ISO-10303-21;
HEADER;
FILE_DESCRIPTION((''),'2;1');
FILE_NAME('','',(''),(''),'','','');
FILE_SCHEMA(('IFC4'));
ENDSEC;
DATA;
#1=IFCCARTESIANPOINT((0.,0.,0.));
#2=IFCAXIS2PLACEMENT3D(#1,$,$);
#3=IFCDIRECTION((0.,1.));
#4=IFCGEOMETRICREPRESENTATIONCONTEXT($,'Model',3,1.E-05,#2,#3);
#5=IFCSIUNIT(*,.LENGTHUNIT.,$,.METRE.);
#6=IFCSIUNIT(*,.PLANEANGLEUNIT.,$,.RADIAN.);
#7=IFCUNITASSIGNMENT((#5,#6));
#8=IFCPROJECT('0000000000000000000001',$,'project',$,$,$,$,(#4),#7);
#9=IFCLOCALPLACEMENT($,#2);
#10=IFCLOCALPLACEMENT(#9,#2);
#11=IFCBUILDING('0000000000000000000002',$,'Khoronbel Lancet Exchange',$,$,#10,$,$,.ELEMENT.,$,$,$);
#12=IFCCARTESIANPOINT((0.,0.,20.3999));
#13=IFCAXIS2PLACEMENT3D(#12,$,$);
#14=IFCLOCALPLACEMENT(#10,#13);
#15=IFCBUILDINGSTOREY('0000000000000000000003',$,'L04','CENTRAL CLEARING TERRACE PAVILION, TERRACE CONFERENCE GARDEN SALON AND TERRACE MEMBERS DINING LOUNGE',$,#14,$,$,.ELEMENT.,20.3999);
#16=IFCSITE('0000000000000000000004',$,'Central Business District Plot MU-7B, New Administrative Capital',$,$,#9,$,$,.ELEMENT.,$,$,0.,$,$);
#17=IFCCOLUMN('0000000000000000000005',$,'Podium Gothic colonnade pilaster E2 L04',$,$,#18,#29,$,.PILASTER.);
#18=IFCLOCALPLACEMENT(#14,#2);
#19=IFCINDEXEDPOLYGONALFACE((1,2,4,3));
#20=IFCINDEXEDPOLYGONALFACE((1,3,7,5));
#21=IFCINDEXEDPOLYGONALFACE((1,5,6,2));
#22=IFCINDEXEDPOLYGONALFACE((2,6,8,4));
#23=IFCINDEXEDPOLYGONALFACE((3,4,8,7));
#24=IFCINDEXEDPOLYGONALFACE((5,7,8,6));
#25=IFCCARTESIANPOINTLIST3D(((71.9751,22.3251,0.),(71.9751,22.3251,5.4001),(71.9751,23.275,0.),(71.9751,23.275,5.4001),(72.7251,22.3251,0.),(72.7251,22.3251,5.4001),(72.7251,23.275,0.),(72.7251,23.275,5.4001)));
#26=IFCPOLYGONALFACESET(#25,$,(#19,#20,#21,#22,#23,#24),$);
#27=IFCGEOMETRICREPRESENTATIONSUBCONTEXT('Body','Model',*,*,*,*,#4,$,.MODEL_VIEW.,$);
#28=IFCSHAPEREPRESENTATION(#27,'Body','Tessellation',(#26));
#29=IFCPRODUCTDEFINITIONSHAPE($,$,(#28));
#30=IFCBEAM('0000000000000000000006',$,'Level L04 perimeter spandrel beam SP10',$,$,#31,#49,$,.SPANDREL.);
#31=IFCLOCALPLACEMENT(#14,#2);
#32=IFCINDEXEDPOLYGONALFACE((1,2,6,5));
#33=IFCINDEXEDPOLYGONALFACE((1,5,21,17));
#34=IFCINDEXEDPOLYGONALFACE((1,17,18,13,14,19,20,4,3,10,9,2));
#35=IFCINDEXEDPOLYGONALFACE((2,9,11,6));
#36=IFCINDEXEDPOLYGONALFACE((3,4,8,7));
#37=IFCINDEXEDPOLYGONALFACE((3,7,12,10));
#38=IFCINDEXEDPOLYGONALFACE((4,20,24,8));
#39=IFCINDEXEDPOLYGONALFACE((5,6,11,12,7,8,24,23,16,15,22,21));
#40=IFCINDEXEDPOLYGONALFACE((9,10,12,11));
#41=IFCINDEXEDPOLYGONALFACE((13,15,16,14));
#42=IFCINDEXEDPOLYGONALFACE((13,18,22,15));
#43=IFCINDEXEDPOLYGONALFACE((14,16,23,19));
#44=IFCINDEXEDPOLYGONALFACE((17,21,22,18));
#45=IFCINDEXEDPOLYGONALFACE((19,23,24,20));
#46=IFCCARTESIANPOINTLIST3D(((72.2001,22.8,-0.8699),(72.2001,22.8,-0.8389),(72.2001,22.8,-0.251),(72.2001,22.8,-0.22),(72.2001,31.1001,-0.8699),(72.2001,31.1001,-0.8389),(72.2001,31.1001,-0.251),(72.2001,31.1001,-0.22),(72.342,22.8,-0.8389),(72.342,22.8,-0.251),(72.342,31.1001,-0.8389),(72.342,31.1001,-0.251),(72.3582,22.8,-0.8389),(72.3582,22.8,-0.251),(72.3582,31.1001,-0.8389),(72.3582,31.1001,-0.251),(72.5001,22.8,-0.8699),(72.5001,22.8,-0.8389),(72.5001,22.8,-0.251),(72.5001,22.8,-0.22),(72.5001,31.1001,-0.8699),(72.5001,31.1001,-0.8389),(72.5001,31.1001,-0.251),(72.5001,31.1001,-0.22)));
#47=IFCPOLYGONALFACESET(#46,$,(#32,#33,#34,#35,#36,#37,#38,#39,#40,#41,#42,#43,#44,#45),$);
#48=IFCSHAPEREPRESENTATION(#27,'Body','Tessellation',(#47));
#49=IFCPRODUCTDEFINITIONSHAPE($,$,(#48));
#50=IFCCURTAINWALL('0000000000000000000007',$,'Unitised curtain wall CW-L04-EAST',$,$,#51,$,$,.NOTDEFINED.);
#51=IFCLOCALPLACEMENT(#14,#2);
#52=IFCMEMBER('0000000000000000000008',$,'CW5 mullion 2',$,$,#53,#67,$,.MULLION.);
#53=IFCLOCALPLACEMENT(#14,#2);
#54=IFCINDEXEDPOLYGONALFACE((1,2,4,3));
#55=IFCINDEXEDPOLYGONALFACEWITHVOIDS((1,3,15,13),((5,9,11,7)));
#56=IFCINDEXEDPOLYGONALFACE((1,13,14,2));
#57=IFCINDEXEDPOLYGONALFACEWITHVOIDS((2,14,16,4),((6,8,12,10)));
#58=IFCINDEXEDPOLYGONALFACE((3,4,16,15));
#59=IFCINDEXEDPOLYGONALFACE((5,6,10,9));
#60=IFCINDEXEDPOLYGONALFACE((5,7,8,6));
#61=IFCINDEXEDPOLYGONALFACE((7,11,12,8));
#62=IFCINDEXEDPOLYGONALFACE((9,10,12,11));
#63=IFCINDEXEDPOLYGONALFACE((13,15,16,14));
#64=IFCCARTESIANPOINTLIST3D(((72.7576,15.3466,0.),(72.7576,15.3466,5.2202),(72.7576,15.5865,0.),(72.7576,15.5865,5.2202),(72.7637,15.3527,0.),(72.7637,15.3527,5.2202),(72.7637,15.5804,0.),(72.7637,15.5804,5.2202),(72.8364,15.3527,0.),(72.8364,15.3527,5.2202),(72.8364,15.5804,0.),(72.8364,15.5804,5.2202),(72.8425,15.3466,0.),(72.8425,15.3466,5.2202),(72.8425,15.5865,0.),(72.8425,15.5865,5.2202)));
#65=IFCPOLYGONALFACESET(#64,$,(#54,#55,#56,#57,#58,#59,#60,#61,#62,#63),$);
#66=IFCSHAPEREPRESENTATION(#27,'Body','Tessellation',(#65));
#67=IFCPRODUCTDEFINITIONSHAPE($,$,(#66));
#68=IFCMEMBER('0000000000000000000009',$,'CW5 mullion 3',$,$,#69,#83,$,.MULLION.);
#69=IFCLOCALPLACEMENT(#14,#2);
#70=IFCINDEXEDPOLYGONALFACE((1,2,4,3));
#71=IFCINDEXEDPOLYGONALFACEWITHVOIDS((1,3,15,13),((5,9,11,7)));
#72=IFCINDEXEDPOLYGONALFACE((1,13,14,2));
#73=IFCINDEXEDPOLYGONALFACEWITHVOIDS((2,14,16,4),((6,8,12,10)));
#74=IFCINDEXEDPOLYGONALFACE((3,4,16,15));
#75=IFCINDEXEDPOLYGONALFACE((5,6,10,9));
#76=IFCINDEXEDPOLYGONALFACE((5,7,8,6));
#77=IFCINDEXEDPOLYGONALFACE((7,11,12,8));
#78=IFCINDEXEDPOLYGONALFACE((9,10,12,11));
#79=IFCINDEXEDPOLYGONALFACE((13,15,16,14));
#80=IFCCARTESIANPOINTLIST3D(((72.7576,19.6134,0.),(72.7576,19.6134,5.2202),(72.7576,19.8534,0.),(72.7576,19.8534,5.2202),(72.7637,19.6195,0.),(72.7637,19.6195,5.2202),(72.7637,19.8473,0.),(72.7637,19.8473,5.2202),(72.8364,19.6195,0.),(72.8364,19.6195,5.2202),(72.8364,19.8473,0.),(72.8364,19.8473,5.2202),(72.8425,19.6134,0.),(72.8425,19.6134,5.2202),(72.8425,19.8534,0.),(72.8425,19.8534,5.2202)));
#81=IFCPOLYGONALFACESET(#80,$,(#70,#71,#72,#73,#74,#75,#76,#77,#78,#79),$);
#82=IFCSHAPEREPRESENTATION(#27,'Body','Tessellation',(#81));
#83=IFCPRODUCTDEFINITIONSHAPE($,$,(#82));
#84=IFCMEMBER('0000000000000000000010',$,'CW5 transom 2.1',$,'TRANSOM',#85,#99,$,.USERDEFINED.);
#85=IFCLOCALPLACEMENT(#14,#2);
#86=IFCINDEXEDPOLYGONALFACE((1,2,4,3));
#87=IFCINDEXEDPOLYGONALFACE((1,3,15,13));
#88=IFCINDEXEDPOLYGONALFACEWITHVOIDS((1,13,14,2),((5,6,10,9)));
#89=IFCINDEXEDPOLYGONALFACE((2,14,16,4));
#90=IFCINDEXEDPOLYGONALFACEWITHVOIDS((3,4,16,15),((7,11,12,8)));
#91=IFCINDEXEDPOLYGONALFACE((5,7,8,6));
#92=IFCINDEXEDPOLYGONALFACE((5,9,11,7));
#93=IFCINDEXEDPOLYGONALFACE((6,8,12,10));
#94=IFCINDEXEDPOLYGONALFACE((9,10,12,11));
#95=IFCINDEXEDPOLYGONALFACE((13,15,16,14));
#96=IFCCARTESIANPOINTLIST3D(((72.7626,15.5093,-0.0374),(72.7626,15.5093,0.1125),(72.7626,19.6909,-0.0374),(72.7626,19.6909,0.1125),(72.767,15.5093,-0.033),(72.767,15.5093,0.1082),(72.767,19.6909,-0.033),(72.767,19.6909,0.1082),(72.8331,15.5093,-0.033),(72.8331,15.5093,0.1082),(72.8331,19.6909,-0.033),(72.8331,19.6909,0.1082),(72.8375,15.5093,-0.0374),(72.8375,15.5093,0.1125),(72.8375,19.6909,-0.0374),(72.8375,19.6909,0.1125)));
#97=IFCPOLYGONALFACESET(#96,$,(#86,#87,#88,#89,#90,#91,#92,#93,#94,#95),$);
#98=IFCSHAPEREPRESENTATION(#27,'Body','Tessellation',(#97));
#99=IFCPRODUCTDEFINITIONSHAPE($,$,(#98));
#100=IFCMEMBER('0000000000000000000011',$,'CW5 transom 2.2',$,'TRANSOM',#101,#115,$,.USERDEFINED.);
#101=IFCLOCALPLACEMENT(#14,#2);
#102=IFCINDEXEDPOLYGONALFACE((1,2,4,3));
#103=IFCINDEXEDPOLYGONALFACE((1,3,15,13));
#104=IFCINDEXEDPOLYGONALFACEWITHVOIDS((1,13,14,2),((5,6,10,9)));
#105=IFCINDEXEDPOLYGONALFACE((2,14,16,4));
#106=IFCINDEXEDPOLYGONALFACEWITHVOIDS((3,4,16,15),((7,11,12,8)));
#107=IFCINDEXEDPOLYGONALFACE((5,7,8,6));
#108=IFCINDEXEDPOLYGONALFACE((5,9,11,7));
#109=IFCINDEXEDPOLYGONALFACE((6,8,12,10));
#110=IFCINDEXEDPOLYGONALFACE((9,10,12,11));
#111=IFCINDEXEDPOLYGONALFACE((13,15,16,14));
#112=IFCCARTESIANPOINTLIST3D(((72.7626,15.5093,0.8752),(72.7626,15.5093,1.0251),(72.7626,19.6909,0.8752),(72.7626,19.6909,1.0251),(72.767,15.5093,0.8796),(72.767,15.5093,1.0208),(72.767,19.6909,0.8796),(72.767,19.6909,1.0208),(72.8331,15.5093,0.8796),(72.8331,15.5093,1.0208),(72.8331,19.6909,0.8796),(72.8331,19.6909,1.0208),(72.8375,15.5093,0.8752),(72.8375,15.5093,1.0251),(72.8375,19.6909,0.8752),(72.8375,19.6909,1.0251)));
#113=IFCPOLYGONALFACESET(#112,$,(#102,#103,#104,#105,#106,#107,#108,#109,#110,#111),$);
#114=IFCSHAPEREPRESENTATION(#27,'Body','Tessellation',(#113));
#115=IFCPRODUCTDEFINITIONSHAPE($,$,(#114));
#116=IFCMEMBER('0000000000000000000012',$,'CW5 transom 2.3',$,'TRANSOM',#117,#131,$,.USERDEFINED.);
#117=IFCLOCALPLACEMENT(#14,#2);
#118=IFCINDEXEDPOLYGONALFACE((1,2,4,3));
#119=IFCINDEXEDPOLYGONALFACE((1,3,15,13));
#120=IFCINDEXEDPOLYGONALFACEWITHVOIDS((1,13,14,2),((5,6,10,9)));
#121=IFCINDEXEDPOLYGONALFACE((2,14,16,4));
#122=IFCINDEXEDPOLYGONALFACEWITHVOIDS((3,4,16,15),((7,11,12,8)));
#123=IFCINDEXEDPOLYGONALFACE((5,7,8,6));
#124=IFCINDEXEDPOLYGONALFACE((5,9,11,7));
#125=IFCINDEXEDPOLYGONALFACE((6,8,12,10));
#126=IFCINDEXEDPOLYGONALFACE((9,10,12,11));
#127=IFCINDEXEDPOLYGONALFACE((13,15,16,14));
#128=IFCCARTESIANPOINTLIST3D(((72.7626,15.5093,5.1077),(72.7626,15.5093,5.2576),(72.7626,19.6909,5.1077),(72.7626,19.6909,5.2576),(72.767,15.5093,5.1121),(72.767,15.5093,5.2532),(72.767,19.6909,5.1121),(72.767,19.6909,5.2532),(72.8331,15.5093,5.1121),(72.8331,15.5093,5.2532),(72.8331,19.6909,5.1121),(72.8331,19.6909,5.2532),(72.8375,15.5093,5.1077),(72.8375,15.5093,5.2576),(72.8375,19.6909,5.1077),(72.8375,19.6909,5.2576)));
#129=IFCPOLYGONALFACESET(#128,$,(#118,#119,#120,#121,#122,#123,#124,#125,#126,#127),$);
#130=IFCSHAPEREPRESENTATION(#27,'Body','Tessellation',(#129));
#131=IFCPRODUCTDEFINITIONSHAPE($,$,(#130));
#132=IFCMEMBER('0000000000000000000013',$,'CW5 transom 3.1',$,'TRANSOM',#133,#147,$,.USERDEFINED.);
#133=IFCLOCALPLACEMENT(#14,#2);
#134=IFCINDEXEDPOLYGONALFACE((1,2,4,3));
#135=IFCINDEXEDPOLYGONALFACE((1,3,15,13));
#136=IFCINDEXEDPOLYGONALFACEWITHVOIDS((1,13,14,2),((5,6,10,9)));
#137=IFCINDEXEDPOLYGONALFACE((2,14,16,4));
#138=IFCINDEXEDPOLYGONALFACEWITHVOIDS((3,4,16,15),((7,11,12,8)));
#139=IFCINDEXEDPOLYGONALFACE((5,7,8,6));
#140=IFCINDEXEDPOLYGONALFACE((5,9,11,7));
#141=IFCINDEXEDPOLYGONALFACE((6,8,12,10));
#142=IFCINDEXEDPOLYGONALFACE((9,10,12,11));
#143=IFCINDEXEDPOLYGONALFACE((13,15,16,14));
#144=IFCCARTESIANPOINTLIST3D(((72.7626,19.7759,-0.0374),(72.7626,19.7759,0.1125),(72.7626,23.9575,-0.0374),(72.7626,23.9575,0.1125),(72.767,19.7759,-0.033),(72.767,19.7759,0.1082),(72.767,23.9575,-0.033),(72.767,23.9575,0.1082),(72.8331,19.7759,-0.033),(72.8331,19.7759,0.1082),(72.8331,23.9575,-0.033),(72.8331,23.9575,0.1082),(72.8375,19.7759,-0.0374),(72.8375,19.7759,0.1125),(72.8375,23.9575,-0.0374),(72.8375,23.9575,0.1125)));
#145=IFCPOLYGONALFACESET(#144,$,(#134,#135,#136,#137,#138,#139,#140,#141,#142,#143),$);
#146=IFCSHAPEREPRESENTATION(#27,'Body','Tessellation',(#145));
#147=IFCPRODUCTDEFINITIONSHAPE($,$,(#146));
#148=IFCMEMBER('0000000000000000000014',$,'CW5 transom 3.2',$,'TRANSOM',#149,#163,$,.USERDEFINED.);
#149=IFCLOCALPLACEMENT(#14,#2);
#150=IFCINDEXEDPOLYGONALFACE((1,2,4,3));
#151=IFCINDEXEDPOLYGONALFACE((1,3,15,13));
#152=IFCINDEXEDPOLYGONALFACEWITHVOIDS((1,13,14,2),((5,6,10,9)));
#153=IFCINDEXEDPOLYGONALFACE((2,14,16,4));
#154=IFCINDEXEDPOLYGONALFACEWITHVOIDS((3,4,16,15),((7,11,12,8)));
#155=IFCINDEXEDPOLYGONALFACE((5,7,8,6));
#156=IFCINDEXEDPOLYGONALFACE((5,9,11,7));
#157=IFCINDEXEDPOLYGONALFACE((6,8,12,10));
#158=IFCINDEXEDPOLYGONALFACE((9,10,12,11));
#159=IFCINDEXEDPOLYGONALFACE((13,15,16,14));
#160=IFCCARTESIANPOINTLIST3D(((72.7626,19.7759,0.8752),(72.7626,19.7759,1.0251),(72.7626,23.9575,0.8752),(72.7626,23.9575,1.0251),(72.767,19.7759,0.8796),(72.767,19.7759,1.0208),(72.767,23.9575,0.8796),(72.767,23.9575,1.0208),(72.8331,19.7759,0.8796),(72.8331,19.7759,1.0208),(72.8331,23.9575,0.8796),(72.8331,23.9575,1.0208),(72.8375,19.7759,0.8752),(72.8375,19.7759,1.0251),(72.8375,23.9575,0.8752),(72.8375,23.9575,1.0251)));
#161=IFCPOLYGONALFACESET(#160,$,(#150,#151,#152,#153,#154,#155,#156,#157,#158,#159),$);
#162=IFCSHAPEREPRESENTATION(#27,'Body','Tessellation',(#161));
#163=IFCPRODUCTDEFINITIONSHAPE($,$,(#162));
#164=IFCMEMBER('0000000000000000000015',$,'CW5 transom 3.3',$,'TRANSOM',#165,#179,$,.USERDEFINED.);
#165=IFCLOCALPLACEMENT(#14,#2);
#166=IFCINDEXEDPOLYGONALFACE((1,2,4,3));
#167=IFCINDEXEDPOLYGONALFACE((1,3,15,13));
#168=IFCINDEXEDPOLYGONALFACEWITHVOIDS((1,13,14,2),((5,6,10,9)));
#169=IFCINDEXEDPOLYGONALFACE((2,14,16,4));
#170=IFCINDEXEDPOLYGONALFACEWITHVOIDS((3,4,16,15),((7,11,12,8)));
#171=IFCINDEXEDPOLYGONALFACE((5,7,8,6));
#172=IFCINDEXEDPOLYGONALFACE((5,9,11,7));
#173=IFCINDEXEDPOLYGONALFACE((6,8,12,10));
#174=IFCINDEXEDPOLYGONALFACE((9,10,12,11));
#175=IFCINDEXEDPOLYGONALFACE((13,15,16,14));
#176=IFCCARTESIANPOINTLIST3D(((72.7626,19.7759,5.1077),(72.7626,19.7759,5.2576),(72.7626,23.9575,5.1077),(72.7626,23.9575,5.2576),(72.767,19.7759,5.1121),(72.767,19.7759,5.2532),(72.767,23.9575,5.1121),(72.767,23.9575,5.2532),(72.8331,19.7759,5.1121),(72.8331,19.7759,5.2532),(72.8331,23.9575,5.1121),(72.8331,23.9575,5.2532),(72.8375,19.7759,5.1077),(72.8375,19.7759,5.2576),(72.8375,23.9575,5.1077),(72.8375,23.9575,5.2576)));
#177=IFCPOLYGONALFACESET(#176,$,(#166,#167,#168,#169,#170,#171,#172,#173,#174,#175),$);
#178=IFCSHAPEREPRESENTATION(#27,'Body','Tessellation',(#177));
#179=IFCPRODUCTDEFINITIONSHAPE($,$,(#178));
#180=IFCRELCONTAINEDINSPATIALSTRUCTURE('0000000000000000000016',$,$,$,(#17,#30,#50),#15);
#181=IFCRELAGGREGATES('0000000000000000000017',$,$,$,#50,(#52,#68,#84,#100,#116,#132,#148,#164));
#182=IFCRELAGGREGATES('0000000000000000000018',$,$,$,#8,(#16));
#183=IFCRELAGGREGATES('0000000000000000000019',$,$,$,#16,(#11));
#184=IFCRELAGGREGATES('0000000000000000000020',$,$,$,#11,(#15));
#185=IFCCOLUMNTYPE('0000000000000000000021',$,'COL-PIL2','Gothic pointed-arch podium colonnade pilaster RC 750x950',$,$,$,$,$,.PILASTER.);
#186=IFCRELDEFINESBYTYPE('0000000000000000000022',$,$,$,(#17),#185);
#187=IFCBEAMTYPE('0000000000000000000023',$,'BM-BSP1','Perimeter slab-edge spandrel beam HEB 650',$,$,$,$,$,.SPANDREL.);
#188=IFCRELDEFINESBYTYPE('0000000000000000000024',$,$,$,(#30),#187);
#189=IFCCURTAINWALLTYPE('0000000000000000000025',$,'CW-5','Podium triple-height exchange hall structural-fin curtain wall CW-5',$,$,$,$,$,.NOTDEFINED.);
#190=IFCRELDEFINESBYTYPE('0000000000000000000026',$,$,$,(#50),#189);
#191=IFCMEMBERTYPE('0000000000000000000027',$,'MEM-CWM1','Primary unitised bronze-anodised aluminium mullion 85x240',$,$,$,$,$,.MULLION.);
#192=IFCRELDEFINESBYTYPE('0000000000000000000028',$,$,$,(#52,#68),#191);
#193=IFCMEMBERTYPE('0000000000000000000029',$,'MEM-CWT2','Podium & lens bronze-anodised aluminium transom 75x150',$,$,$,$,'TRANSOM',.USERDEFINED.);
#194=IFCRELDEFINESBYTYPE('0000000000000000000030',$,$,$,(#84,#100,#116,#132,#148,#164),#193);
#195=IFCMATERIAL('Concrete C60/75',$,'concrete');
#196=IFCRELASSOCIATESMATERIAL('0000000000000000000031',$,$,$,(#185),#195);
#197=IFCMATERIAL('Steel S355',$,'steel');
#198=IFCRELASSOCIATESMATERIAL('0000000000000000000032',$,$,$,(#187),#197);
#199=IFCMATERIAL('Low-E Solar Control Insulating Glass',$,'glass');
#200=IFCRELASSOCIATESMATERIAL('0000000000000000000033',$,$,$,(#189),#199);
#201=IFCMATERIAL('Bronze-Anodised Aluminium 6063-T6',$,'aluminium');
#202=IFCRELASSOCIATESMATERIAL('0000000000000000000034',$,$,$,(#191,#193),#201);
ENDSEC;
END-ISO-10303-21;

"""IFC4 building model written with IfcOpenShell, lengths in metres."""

from ifc_helpers import new_model, si_unit, direction, frame, origin, origin_2d, place, context, subcontext, project, spatial, rectangle, hollow_rectangle, i_section, extrude, material, material_profile, profile_set, type_object, element, aggregate, save


model = new_model("IFC4")

# Units and contexts
model_context = context("Model", 3, precision=1e-05, world=origin(), true_north=direction((0.0, 1.0)))
body_context = subcontext(model_context, "Body", "Model", "MODEL_VIEW")
ifc_project = project(units=[si_unit("LENGTHUNIT", "METRE"), si_unit("PLANEANGLEUNIT", "RADIAN")], contexts=[model_context])

# Site, building, storey
site_placement = place(None, origin())
site = spatial("IfcSite", under=ifc_project, at=site_placement, Name="Central Business District Plot MU-7B, New Administrative Capital", CompositionType="ELEMENT", RefElevation=0.0)
building_placement = place(site_placement, origin())
building = spatial("IfcBuilding", under=site, at=building_placement, Name="Khoronbel Lancet Exchange", CompositionType="ELEMENT")
storey_placement = place(building_placement, frame((0.0, 0.0, 20.3999)))
storey = spatial("IfcBuildingStorey", under=building, at=storey_placement, Name="L04", Description="CENTRAL CLEARING TERRACE PAVILION, TERRACE CONFERENCE GARDEN SALON AND TERRACE MEMBERS DINING LOUNGE", CompositionType="ELEMENT", Elevation=20.3999)

# Column
ifc_material_1 = material(Name="Concrete C60/75", Category="concrete")
ifc_material_profile_1 = material_profile(ifc_material_1, rectangle(XDim=0.75, YDim=0.95, at=origin_2d()), Name="RC 750x950")
ifc_profile_set_1 = profile_set([ifc_material_profile_1], Name="Concrete C60/75")
column_type = type_object("IfcColumnType", Name="COL-PIL2", Description="Gothic pointed-arch podium colonnade pilaster RC 750x950", PredefinedType="PILASTER", material=ifc_profile_set_1)
column_placement = place(storey_placement, frame((72.3501, 22.8, 0.0), z_axis=(0.0, 0.0, 1.0), x_axis=(1.0, 0.0, 0.0)))
element("IfcColumn", 1, at=column_placement, inside=storey, type_object=column_type, Name="Podium Gothic colonnade pilaster E2 L04", PredefinedType="PILASTER", context=body_context, shape_type="SweptSolid", body=[
    extrude(rectangle(XDim=0.75, YDim=0.95, at=origin_2d()), origin(), (0.0, 0.0, 1.0), 5.4001),
])

# Beam
ifc_material_2 = material(Name="Steel S355", Category="steel")
ifc_material_profile_2 = material_profile(ifc_material_2, i_section(OverallWidth=0.3, OverallDepth=0.6499, WebThickness=0.0161, FlangeThickness=0.031, at=origin_2d()), Name="HEB 650")
ifc_profile_set_2 = profile_set([ifc_material_profile_2], Name="Steel S355")
beam_type = type_object("IfcBeamType", Name="BM-BSP1", Description="Perimeter slab-edge spandrel beam HEB 650", PredefinedType="SPANDREL", material=ifc_profile_set_2)
beam_placement = place(storey_placement, frame((72.3501, 22.8, -0.5449), z_axis=(0.0, 1.0, 0.0), x_axis=(-1.0, 0.0, 0.0)))
element("IfcBeam", 2, at=beam_placement, inside=storey, type_object=beam_type, Name="Level L04 perimeter spandrel beam SP10", PredefinedType="SPANDREL", context=body_context, shape_type="SweptSolid", body=[
    extrude(i_section(OverallWidth=0.3, OverallDepth=0.6499, WebThickness=0.0161, FlangeThickness=0.031, at=origin_2d()), origin(), (0.0, 0.0, 1.0), 8.3),
])

# Curtain wall, members
ifc_material_3 = material(Name="Low-E Solar Control Insulating Glass", Category="glass")
curtain_wall_type = type_object("IfcCurtainWallType", Name="CW-5", Description="Podium triple-height exchange hall structural-fin curtain wall CW-5", PredefinedType="NOTDEFINED", material=ifc_material_3)
curtain_wall_placement = place(storey_placement, origin())
curtain_wall = element("IfcCurtainWall", 3, at=curtain_wall_placement, inside=storey, type_object=curtain_wall_type, Name="Unitised curtain wall CW-L04-EAST", PredefinedType="NOTDEFINED")
ifc_material_4 = material(Name="Bronze-Anodised Aluminium 6063-T6", Category="aluminium")
ifc_material_profile_3 = material_profile(ifc_material_4, hollow_rectangle(XDim=0.085, YDim=0.24, WallThickness=0.0061, at=origin_2d()), Name="ALU MULLION 85x240")
ifc_profile_set_3 = profile_set([ifc_material_profile_3], Name="Bronze-Anodised Aluminium 6063-T6")
member_type_1 = type_object("IfcMemberType", Name="MEM-CWM1", Description="Primary unitised bronze-anodised aluminium mullion 85x240", PredefinedType="MULLION", material=ifc_profile_set_3)
member_1_placement = place(storey_placement, frame((72.8, 15.4666, 0.0), z_axis=(0.0, 0.0, 1.0), x_axis=(-1.0, 0.0, 0.0)))
member_1 = element("IfcMember", 4, at=member_1_placement, type_object=member_type_1, Name="CW5 mullion 2", PredefinedType="MULLION", context=body_context, shape_type="SweptSolid", body=[
    extrude(hollow_rectangle(XDim=0.085, YDim=0.24, WallThickness=0.0061, at=origin_2d()), origin(), (0.0, 0.0, 1.0), 5.2202),
])
member_2_placement = place(storey_placement, frame((72.8, 19.7334, 0.0), z_axis=(0.0, 0.0, 1.0), x_axis=(-1.0, 0.0, 0.0)))
member_2 = element("IfcMember", 5, at=member_2_placement, type_object=member_type_1, Name="CW5 mullion 3", PredefinedType="MULLION", context=body_context, shape_type="SweptSolid", body=[
    extrude(hollow_rectangle(XDim=0.085, YDim=0.24, WallThickness=0.0061, at=origin_2d()), origin(), (0.0, 0.0, 1.0), 5.2202),
])
ifc_material_profile_4 = material_profile(ifc_material_4, hollow_rectangle(XDim=0.075, YDim=0.1499, WallThickness=0.0044, at=origin_2d()), Name="ALU TRANSOM 75x150")
ifc_profile_set_4 = profile_set([ifc_material_profile_4], Name="Bronze-Anodised Aluminium 6063-T6")
member_type_2 = type_object("IfcMemberType", Name="MEM-CWT2", Description="Podium & lens bronze-anodised aluminium transom 75x150", ElementType="TRANSOM", PredefinedType="USERDEFINED", material=ifc_profile_set_4)
member_3_placement = place(storey_placement, frame((72.8, 15.5093, 0.0376), z_axis=(0.0, 1.0, 0.0), x_axis=(-1.0, 0.0, 0.0)))
member_3 = element("IfcMember", 6, at=member_3_placement, type_object=member_type_2, Name="CW5 transom 2.1", ObjectType="TRANSOM", PredefinedType="USERDEFINED", context=body_context, shape_type="SweptSolid", body=[
    extrude(hollow_rectangle(XDim=0.075, YDim=0.1499, WallThickness=0.0044, at=origin_2d()), origin(), (0.0, 0.0, 1.0), 4.1816),
])
member_4_placement = place(storey_placement, frame((72.8, 15.5093, 0.9502), z_axis=(0.0, 1.0, 0.0), x_axis=(-1.0, 0.0, 0.0)))
member_4 = element("IfcMember", 7, at=member_4_placement, type_object=member_type_2, Name="CW5 transom 2.2", ObjectType="TRANSOM", PredefinedType="USERDEFINED", context=body_context, shape_type="SweptSolid", body=[
    extrude(hollow_rectangle(XDim=0.075, YDim=0.1499, WallThickness=0.0044, at=origin_2d()), origin(), (0.0, 0.0, 1.0), 4.1816),
])
member_5_placement = place(storey_placement, frame((72.8, 15.5093, 5.1826), z_axis=(0.0, 1.0, 0.0), x_axis=(-1.0, 0.0, 0.0)))
member_5 = element("IfcMember", 8, at=member_5_placement, type_object=member_type_2, Name="CW5 transom 2.3", ObjectType="TRANSOM", PredefinedType="USERDEFINED", context=body_context, shape_type="SweptSolid", body=[
    extrude(hollow_rectangle(XDim=0.075, YDim=0.1499, WallThickness=0.0044, at=origin_2d()), origin(), (0.0, 0.0, 1.0), 4.1816),
])
member_6_placement = place(storey_placement, frame((72.8, 19.7759, 0.0376), z_axis=(0.0, 1.0, 0.0), x_axis=(-1.0, 0.0, 0.0)))
member_6 = element("IfcMember", 9, at=member_6_placement, type_object=member_type_2, Name="CW5 transom 3.1", ObjectType="TRANSOM", PredefinedType="USERDEFINED", context=body_context, shape_type="SweptSolid", body=[
    extrude(hollow_rectangle(XDim=0.075, YDim=0.1499, WallThickness=0.0044, at=origin_2d()), origin(), (0.0, 0.0, 1.0), 4.1816),
])
member_7_placement = place(storey_placement, frame((72.8, 19.7759, 0.9502), z_axis=(0.0, 1.0, 0.0), x_axis=(-1.0, 0.0, 0.0)))
member_7 = element("IfcMember", 10, at=member_7_placement, type_object=member_type_2, Name="CW5 transom 3.2", ObjectType="TRANSOM", PredefinedType="USERDEFINED", context=body_context, shape_type="SweptSolid", body=[
    extrude(hollow_rectangle(XDim=0.075, YDim=0.1499, WallThickness=0.0044, at=origin_2d()), origin(), (0.0, 0.0, 1.0), 4.1816),
])
member_8_placement = place(storey_placement, frame((72.8, 19.7759, 5.1826), z_axis=(0.0, 1.0, 0.0), x_axis=(-1.0, 0.0, 0.0)))
member_8 = element("IfcMember", 11, at=member_8_placement, type_object=member_type_2, Name="CW5 transom 3.3", ObjectType="TRANSOM", PredefinedType="USERDEFINED", context=body_context, shape_type="SweptSolid", body=[
    extrude(hollow_rectangle(XDim=0.075, YDim=0.1499, WallThickness=0.0044, at=origin_2d()), origin(), (0.0, 0.0, 1.0), 4.1816),
])
aggregate(curtain_wall, [member_1, member_2, member_3, member_4, member_5, member_6, member_7, member_8])

save(model, "model.ifc")
